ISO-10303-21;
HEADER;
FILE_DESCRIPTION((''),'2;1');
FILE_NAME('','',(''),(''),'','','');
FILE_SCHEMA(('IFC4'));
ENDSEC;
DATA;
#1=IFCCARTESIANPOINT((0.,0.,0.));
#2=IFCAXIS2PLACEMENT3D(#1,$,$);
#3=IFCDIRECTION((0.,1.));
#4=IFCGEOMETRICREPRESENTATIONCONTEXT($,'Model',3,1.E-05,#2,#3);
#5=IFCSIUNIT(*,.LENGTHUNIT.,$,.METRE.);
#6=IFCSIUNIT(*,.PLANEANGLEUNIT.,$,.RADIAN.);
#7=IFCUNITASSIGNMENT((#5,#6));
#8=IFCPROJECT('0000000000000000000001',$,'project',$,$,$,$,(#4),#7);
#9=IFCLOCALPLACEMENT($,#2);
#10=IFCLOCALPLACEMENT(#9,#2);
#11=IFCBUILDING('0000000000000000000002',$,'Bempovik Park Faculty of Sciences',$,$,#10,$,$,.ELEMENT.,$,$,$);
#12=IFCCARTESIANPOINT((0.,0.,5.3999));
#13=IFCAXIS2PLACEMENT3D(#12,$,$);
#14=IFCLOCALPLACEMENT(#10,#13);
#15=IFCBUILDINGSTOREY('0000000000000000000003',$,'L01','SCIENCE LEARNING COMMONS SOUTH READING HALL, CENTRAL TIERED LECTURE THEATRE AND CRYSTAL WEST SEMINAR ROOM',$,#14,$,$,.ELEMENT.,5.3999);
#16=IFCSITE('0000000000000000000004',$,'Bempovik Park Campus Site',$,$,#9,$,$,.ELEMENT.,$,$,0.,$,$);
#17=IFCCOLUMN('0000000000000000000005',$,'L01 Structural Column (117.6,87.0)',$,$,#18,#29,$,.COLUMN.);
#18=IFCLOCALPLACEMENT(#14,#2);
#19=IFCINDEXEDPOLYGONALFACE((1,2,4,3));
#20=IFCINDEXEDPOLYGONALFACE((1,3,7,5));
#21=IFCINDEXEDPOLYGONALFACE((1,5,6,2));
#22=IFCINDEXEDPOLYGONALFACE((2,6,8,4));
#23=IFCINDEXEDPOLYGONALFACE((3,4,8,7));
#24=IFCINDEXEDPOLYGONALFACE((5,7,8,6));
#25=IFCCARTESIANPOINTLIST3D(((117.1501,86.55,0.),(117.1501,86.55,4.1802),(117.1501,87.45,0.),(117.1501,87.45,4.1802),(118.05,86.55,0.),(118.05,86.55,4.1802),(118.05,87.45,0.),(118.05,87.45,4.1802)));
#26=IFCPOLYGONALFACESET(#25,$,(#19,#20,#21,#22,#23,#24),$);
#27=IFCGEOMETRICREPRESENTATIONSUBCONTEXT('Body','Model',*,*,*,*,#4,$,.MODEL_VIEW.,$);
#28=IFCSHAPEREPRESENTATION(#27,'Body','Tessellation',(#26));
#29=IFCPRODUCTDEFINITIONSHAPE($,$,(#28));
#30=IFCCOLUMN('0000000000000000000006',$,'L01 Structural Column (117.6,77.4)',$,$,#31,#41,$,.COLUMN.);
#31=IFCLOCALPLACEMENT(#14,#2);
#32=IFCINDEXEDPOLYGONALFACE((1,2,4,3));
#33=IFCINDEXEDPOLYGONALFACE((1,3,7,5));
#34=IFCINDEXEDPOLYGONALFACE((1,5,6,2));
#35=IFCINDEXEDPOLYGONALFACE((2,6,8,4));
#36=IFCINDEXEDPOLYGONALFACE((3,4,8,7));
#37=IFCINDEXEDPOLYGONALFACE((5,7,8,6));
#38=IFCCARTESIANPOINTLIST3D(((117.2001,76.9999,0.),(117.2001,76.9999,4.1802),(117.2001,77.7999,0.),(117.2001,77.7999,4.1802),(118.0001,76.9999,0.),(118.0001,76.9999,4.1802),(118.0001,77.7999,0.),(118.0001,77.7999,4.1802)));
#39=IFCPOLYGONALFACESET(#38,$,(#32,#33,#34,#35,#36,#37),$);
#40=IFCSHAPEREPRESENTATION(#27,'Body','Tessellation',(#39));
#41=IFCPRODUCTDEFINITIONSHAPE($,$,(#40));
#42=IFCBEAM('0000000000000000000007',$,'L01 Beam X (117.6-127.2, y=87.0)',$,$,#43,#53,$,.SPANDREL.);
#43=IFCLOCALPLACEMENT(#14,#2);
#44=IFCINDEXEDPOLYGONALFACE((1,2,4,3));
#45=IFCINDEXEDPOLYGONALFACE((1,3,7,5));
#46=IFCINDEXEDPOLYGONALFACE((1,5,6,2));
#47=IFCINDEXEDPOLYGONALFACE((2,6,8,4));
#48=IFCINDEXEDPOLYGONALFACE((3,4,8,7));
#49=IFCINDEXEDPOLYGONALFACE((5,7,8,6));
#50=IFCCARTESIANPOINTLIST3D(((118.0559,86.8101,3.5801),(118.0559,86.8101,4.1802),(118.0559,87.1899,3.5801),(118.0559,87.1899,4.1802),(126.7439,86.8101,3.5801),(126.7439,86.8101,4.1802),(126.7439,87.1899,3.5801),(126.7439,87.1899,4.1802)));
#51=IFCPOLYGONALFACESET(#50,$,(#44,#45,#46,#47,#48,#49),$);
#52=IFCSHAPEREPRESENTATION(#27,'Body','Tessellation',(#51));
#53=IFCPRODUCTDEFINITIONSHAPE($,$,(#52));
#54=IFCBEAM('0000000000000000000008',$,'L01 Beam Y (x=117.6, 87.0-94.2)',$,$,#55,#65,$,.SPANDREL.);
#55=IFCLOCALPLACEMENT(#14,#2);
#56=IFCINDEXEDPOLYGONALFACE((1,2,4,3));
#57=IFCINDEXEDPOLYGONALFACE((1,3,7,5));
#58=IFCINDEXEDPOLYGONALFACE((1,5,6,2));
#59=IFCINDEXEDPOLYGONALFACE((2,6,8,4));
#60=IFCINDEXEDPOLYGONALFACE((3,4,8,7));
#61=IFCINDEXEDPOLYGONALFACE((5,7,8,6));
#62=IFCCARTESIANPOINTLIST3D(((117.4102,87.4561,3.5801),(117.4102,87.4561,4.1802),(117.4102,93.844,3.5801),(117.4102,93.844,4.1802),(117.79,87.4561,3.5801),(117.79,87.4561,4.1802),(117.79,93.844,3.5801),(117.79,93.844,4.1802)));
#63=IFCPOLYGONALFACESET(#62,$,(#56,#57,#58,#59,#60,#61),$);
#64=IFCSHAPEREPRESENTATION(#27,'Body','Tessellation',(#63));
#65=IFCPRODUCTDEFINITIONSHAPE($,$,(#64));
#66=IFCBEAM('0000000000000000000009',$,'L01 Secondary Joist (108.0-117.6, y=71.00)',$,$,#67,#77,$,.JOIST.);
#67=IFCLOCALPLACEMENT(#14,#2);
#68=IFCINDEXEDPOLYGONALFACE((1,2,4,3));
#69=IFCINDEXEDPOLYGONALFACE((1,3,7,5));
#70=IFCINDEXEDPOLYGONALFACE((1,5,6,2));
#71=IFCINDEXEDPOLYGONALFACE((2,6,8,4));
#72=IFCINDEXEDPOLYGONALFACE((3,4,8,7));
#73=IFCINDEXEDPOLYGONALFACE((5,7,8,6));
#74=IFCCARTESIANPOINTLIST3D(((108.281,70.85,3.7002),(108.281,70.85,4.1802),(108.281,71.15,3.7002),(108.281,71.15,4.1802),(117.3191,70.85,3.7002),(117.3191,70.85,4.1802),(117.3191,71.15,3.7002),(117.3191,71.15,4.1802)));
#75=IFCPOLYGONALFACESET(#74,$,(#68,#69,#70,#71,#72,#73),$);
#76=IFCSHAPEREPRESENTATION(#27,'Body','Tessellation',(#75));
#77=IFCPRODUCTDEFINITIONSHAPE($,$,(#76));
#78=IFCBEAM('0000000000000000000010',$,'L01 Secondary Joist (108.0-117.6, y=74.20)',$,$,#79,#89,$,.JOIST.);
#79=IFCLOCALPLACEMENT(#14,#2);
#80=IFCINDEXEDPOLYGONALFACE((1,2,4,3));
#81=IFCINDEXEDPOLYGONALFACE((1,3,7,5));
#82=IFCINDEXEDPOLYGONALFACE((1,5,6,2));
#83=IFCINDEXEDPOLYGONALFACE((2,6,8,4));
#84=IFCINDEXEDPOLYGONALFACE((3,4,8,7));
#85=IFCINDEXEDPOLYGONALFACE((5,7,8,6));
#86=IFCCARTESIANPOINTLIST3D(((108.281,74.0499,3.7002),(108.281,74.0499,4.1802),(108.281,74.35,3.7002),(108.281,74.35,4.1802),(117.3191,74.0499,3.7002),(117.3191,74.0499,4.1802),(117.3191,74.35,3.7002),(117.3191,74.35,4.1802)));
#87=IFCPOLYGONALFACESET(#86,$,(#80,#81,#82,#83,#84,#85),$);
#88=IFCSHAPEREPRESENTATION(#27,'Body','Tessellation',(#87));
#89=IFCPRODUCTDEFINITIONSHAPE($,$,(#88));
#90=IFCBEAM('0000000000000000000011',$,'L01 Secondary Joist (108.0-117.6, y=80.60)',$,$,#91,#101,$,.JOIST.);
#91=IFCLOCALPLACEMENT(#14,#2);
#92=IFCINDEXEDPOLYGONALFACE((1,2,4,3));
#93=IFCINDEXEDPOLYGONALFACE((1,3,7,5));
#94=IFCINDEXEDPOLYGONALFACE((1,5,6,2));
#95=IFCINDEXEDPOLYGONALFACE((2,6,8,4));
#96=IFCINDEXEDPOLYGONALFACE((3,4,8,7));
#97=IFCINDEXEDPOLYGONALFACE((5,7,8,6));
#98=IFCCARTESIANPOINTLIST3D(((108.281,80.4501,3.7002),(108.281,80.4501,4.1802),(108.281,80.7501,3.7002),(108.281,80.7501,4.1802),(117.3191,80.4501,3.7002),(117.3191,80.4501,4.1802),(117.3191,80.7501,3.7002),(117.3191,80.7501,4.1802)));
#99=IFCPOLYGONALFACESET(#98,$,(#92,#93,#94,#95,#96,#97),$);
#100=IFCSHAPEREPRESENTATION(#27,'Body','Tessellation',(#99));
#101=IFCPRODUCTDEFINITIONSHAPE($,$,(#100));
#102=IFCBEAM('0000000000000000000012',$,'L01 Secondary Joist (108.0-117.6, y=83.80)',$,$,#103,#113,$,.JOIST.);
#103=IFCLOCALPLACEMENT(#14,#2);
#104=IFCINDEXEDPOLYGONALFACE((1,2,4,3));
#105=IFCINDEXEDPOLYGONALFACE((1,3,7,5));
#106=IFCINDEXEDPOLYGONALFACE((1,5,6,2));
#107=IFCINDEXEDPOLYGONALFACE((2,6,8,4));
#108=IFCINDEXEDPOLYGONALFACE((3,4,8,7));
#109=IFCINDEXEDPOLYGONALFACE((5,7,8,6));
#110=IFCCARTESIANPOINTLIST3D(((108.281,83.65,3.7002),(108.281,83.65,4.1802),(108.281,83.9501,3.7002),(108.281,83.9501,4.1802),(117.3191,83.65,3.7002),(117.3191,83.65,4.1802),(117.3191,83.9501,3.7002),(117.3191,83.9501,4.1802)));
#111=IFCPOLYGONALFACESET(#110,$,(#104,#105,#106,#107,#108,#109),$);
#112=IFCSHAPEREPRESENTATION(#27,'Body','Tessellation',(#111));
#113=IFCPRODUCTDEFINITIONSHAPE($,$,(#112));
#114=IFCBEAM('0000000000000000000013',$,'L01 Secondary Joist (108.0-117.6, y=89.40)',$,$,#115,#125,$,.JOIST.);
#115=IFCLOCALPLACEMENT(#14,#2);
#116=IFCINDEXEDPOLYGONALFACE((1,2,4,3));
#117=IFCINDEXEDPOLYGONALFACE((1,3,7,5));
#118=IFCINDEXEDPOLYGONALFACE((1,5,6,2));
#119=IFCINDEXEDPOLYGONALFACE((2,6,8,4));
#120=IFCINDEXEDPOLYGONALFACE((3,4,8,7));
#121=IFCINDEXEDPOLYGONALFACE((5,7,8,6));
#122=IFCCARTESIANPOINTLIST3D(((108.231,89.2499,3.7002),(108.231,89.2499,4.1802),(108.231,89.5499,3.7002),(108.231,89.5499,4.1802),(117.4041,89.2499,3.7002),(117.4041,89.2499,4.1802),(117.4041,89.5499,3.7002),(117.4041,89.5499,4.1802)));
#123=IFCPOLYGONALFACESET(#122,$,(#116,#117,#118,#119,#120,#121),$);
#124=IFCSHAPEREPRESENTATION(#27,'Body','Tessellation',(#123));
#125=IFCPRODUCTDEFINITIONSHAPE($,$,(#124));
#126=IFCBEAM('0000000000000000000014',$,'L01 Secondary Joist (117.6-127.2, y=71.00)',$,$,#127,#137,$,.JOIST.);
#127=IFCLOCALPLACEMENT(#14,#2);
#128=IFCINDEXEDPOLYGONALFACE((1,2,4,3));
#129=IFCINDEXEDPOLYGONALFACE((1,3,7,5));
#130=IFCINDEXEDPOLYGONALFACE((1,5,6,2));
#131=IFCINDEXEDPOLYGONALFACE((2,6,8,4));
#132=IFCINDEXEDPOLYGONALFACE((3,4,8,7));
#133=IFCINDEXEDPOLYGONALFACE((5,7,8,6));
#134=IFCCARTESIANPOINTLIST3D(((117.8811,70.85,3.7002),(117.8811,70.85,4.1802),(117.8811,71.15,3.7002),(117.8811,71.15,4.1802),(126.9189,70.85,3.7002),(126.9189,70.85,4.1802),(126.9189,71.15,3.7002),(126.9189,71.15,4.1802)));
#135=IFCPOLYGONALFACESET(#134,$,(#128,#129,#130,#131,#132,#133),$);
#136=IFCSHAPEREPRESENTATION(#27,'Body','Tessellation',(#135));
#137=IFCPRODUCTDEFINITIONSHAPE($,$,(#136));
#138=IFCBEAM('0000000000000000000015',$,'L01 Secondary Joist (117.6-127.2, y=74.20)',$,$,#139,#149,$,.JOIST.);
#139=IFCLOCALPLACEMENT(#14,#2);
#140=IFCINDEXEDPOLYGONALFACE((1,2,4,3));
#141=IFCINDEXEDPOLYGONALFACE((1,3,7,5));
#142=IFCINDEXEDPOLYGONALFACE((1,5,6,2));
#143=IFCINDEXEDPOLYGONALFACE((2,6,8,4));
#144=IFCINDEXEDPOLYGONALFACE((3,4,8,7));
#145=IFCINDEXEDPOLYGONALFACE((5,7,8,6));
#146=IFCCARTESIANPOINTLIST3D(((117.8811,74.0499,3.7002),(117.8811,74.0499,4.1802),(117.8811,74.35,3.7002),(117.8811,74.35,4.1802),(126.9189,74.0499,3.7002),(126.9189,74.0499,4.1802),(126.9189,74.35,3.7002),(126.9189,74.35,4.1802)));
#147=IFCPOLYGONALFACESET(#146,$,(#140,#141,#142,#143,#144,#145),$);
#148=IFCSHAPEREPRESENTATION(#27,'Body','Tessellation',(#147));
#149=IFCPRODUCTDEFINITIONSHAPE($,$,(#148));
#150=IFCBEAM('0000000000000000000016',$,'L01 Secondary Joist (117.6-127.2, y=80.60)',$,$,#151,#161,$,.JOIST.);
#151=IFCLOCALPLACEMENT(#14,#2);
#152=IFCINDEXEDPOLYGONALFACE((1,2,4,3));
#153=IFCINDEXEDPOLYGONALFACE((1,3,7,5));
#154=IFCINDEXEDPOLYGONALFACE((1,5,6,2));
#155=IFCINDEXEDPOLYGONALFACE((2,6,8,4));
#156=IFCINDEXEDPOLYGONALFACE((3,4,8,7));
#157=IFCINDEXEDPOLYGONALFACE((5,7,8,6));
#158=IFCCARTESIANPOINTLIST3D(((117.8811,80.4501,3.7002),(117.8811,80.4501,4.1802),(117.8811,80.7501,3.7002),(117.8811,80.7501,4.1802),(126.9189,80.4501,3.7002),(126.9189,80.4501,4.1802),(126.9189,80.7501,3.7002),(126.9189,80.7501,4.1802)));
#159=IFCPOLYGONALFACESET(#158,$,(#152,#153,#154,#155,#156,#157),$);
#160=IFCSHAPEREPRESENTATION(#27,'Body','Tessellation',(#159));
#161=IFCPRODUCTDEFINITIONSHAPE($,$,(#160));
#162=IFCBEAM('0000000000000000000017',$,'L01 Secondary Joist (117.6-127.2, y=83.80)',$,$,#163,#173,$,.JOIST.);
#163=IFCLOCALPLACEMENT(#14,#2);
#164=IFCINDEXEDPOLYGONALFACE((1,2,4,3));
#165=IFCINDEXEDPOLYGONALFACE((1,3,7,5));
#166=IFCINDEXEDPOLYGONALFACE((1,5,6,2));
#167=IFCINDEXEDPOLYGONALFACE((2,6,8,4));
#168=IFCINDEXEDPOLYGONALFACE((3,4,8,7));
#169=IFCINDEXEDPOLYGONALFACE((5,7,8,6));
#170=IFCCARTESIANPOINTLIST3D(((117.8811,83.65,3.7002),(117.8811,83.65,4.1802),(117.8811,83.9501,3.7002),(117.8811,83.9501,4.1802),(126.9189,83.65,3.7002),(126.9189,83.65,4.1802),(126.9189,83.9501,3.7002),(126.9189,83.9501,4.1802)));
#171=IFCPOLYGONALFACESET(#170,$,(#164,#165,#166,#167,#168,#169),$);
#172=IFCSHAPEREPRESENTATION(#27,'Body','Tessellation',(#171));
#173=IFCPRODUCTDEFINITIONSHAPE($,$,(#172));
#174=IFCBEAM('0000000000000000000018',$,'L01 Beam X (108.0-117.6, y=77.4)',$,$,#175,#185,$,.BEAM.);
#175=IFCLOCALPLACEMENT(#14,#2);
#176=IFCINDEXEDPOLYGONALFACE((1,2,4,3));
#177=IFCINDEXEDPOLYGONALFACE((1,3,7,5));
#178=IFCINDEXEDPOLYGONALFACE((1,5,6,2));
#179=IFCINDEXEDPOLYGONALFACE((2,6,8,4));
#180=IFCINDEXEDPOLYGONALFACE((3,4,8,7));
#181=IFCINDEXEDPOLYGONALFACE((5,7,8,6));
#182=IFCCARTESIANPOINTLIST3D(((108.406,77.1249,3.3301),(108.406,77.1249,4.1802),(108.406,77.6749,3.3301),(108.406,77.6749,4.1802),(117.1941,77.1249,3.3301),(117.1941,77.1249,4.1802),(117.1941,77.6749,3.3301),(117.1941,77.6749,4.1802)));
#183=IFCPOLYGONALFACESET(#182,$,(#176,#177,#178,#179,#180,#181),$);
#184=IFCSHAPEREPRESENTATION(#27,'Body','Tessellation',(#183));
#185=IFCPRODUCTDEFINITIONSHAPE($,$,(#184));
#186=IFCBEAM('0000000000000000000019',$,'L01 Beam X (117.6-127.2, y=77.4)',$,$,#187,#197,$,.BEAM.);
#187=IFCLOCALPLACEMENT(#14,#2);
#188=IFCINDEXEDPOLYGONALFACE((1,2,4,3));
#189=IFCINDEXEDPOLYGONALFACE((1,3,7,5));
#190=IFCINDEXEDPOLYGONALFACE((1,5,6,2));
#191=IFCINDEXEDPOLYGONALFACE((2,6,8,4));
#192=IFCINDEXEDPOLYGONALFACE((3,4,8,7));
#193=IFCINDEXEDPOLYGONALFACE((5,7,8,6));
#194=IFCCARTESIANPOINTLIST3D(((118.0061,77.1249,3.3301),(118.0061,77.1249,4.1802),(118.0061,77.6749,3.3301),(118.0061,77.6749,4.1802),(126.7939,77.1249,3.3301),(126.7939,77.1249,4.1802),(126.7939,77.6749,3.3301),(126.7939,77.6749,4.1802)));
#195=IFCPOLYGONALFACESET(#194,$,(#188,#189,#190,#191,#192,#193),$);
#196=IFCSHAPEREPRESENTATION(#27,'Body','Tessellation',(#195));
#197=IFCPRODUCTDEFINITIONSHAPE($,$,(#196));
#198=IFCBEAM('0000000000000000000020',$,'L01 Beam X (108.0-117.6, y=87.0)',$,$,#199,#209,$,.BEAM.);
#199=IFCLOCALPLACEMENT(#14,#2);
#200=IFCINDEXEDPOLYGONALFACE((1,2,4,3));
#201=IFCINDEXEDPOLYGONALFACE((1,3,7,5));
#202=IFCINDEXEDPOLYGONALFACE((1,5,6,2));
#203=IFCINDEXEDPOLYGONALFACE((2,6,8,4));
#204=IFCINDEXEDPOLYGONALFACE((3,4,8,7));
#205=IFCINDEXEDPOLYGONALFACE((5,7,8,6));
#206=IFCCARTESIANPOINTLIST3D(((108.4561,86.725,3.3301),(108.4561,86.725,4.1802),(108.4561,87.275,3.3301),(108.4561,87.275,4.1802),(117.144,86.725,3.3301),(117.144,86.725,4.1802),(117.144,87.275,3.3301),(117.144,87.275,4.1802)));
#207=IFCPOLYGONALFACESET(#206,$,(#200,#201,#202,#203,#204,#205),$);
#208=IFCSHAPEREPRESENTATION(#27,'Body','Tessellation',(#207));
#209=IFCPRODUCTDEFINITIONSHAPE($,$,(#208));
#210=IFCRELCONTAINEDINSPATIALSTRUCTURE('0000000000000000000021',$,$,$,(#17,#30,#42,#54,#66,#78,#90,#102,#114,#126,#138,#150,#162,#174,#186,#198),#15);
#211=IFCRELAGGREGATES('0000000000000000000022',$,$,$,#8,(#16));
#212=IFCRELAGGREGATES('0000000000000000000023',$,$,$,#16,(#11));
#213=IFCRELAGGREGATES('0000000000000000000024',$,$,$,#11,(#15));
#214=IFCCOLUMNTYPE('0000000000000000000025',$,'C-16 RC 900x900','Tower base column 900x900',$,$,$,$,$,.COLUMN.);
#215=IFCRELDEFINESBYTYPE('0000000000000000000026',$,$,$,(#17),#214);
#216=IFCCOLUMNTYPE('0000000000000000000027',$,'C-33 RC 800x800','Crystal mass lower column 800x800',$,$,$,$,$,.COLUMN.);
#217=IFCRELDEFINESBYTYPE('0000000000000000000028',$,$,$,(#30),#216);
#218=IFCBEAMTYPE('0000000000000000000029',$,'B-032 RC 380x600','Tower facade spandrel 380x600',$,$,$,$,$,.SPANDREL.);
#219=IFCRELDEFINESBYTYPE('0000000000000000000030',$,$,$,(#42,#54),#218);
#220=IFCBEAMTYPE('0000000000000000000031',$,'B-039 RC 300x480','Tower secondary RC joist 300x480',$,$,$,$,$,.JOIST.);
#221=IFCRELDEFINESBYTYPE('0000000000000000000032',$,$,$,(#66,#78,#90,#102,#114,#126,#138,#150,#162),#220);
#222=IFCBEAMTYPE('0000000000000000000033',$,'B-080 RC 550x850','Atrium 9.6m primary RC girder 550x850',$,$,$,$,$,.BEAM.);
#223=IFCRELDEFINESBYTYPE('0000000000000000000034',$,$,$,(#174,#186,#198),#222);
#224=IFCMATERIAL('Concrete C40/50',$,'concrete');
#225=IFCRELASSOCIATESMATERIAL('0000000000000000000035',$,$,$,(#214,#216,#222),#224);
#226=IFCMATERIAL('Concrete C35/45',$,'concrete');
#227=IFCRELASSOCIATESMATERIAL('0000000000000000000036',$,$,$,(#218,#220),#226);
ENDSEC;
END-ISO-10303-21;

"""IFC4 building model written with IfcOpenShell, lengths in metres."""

from ifc_helpers import new_model, si_unit, direction, frame, origin, origin_2d, place, context, subcontext, project, spatial, rectangle, extrude, material, material_profile, profile_set, type_object, element, save


model = new_model("IFC4")

# Units and contexts
model_context = context("Model", 3, precision=1e-05, world=origin(), true_north=direction((0.0, 1.0)))
body_context = subcontext(model_context, "Body", "Model", "MODEL_VIEW")
ifc_project = project(units=[si_unit("LENGTHUNIT", "METRE"), si_unit("PLANEANGLEUNIT", "RADIAN")], contexts=[model_context])

# Site, building, storey
site_placement = place(None, origin())
site = spatial("IfcSite", under=ifc_project, at=site_placement, Name="Bempovik Park Campus Site", CompositionType="ELEMENT", RefElevation=0.0)
building_placement = place(site_placement, origin())
building = spatial("IfcBuilding", under=site, at=building_placement, Name="Bempovik Park Faculty of Sciences", CompositionType="ELEMENT")
storey_placement = place(building_placement, frame((0.0, 0.0, 5.3999)))
storey = spatial("IfcBuildingStorey", under=building, at=storey_placement, Name="L01", Description="SCIENCE LEARNING COMMONS SOUTH READING HALL, CENTRAL TIERED LECTURE THEATRE AND CRYSTAL WEST SEMINAR ROOM", CompositionType="ELEMENT", Elevation=5.3999)

# Columns
ifc_material_1 = material(Name="Concrete C40/50", Category="concrete")
ifc_material_profile_1 = material_profile(ifc_material_1, rectangle(XDim=0.8999, YDim=0.8999, at=origin_2d()), Name="RC 900x900")
ifc_profile_set_1 = profile_set([ifc_material_profile_1], Name="Concrete C40/50")
column_type_1 = type_object("IfcColumnType", Name="C-16 RC 900x900", Description="Tower base column 900x900", PredefinedType="COLUMN", material=ifc_profile_set_1)
column_1_placement = place(storey_placement, frame((117.6001, 87.0, 0.0), z_axis=(0.0, 0.0, 1.0), x_axis=(1.0, 0.0, 0.0)))
element("IfcColumn", 1, at=column_1_placement, inside=storey, type_object=column_type_1, Name="L01 Structural Column (117.6,87.0)", PredefinedType="COLUMN", context=body_context, shape_type="SweptSolid", body=[
    extrude(rectangle(XDim=0.8999, YDim=0.8999, at=origin_2d()), origin(), (0.0, 0.0, 1.0), 4.1802),
])
ifc_material_profile_2 = material_profile(ifc_material_1, rectangle(XDim=0.8, YDim=0.8, at=origin_2d()), Name="RC 800x800")
ifc_profile_set_2 = profile_set([ifc_material_profile_2], Name="Concrete C40/50")
column_type_2 = type_object("IfcColumnType", Name="C-33 RC 800x800", Description="Crystal mass lower column 800x800", PredefinedType="COLUMN", material=ifc_profile_set_2)
column_2_placement = place(storey_placement, frame((117.6001, 77.3999, 0.0), z_axis=(0.0, 0.0, 1.0), x_axis=(1.0, 0.0, 0.0)))
element("IfcColumn", 2, at=column_2_placement, inside=storey, type_object=column_type_2, Name="L01 Structural Column (117.6,77.4)", PredefinedType="COLUMN", context=body_context, shape_type="SweptSolid", body=[
    extrude(rectangle(XDim=0.8, YDim=0.8, at=origin_2d()), origin(), (0.0, 0.0, 1.0), 4.1802),
])

# Beams
ifc_material_2 = material(Name="Concrete C35/45", Category="concrete")
ifc_material_profile_3 = material_profile(ifc_material_2, rectangle(XDim=0.3799, YDim=0.6001, at=origin_2d()), Name="RC 380x600")
ifc_profile_set_3 = profile_set([ifc_material_profile_3], Name="Concrete C35/45")
beam_type_1 = type_object("IfcBeamType", Name="B-032 RC 380x600", Description="Tower facade spandrel 380x600", PredefinedType="SPANDREL", material=ifc_profile_set_3)
beam_1_placement = place(storey_placement, frame((118.0559, 87.0, 3.8801), z_axis=(1.0, 0.0, 0.0), x_axis=(0.0, 1.0, 0.0)))
element("IfcBeam", 3, at=beam_1_placement, inside=storey, type_object=beam_type_1, Name="L01 Beam X (117.6-127.2, y=87.0)", PredefinedType="SPANDREL", context=body_context, shape_type="SweptSolid", body=[
    extrude(rectangle(XDim=0.3799, YDim=0.6001, at=origin_2d()), origin(), (0.0, 0.0, 1.0), 8.688),
])
beam_2_placement = place(storey_placement, frame((117.6001, 87.4561, 3.8801), z_axis=(0.0, 1.0, 0.0), x_axis=(-1.0, 0.0, 0.0)))
element("IfcBeam", 4, at=beam_2_placement, inside=storey, type_object=beam_type_1, Name="L01 Beam Y (x=117.6, 87.0-94.2)", PredefinedType="SPANDREL", context=body_context, shape_type="SweptSolid", body=[
    extrude(rectangle(XDim=0.3799, YDim=0.6001, at=origin_2d()), origin(), (0.0, 0.0, 1.0), 6.3879),
])
ifc_material_profile_4 = material_profile(ifc_material_2, rectangle(XDim=0.3, YDim=0.48, at=origin_2d()), Name="RC 300x480")
ifc_profile_set_4 = profile_set([ifc_material_profile_4], Name="Concrete C35/45")
beam_type_2 = type_object("IfcBeamType", Name="B-039 RC 300x480", Description="Tower secondary RC joist 300x480", PredefinedType="JOIST", material=ifc_profile_set_4)
for number, where, z_axis, x_axis, name in (
    (5, (108.281, 71.0, 3.9402), (1.0, 0.0, 0.0), (0.0, 1.0, 0.0), "L01 Secondary Joist (108.0-117.6, y=71.00)"),
    (6, (108.281, 74.2, 3.9402), (1.0, 0.0, 0.0), (0.0, 1.0, 0.0), "L01 Secondary Joist (108.0-117.6, y=74.20)"),
    (7, (108.281, 80.6001, 3.9402), (1.0, 0.0, 0.0), (0.0, 1.0, 0.0), "L01 Secondary Joist (108.0-117.6, y=80.60)"),
    (8, (108.281, 83.8, 3.9402), (1.0, 0.0, 0.0), (0.0, 1.0, 0.0), "L01 Secondary Joist (108.0-117.6, y=83.80)"),
):
    element("IfcBeam", number, at=place(storey_placement, frame(where, z_axis=z_axis, x_axis=x_axis)), inside=storey, type_object=beam_type_2, Name=name, PredefinedType="JOIST", context=body_context, shape_type="SweptSolid", body=[
        extrude(rectangle(XDim=0.3, YDim=0.48, at=origin_2d()), origin(), (0.0, 0.0, 1.0), 9.0381),
    ])
beam_3_placement = place(storey_placement, frame((108.231, 89.3999, 3.9402), z_axis=(1.0, 0.0, 0.0), x_axis=(0.0, 1.0, 0.0)))
element("IfcBeam", 9, at=beam_3_placement, inside=storey, type_object=beam_type_2, Name="L01 Secondary Joist (108.0-117.6, y=89.40)", PredefinedType="JOIST", context=body_context, shape_type="SweptSolid", body=[
    extrude(rectangle(XDim=0.3, YDim=0.48, at=origin_2d()), origin(), (0.0, 0.0, 1.0), 9.1731),
])
for number, where, z_axis, x_axis, name in (
    (10, (117.8811, 71.0, 3.9402), (1.0, 0.0, 0.0), (0.0, 1.0, 0.0), "L01 Secondary Joist (117.6-127.2, y=71.00)"),
    (11, (117.8811, 74.2, 3.9402), (1.0, 0.0, 0.0), (0.0, 1.0, 0.0), "L01 Secondary Joist (117.6-127.2, y=74.20)"),
    (12, (117.8811, 80.6001, 3.9402), (1.0, 0.0, 0.0), (0.0, 1.0, 0.0), "L01 Secondary Joist (117.6-127.2, y=80.60)"),
    (13, (117.8811, 83.8, 3.9402), (1.0, 0.0, 0.0), (0.0, 1.0, 0.0), "L01 Secondary Joist (117.6-127.2, y=83.80)"),
):
    element("IfcBeam", number, at=place(storey_placement, frame(where, z_axis=z_axis, x_axis=x_axis)), inside=storey, type_object=beam_type_2, Name=name, PredefinedType="JOIST", context=body_context, shape_type="SweptSolid", body=[
        extrude(rectangle(XDim=0.3, YDim=0.48, at=origin_2d()), origin(), (0.0, 0.0, 1.0), 9.0378),
    ])
ifc_material_profile_5 = material_profile(ifc_material_1, rectangle(XDim=0.55, YDim=0.8501, at=origin_2d()), Name="RC 550x850")
ifc_profile_set_5 = profile_set([ifc_material_profile_5], Name="Concrete C40/50")
beam_type_3 = type_object("IfcBeamType", Name="B-080 RC 550x850", Description="Atrium 9.6m primary RC girder 550x850", PredefinedType="BEAM", material=ifc_profile_set_5)
beam_4_placement = place(storey_placement, frame((108.406, 77.3999, 3.7551), z_axis=(1.0, 0.0, 0.0), x_axis=(0.0, 1.0, 0.0)))
element("IfcBeam", 14, at=beam_4_placement, inside=storey, type_object=beam_type_3, Name="L01 Beam X (108.0-117.6, y=77.4)", PredefinedType="BEAM", context=body_context, shape_type="SweptSolid", body=[
    extrude(rectangle(XDim=0.55, YDim=0.8501, at=origin_2d()), origin(), (0.0, 0.0, 1.0), 8.7881),
])
beam_5_placement = place(storey_placement, frame((118.0061, 77.3999, 3.7551), z_axis=(1.0, 0.0, 0.0), x_axis=(0.0, 1.0, 0.0)))
element("IfcBeam", 15, at=beam_5_placement, inside=storey, type_object=beam_type_3, Name="L01 Beam X (117.6-127.2, y=77.4)", PredefinedType="BEAM", context=body_context, shape_type="SweptSolid", body=[
    extrude(rectangle(XDim=0.55, YDim=0.8501, at=origin_2d()), origin(), (0.0, 0.0, 1.0), 8.7878),
])
beam_6_placement = place(storey_placement, frame((108.4561, 87.0, 3.7551), z_axis=(1.0, 0.0, 0.0), x_axis=(0.0, 1.0, 0.0)))
element("IfcBeam", 16, at=beam_6_placement, inside=storey, type_object=beam_type_3, Name="L01 Beam X (108.0-117.6, y=87.0)", PredefinedType="BEAM", context=body_context, shape_type="SweptSolid", body=[
    extrude(rectangle(XDim=0.55, YDim=0.8501, at=origin_2d()), origin(), (0.0, 0.0, 1.0), 8.688),
])

save(model, "model.ifc")
